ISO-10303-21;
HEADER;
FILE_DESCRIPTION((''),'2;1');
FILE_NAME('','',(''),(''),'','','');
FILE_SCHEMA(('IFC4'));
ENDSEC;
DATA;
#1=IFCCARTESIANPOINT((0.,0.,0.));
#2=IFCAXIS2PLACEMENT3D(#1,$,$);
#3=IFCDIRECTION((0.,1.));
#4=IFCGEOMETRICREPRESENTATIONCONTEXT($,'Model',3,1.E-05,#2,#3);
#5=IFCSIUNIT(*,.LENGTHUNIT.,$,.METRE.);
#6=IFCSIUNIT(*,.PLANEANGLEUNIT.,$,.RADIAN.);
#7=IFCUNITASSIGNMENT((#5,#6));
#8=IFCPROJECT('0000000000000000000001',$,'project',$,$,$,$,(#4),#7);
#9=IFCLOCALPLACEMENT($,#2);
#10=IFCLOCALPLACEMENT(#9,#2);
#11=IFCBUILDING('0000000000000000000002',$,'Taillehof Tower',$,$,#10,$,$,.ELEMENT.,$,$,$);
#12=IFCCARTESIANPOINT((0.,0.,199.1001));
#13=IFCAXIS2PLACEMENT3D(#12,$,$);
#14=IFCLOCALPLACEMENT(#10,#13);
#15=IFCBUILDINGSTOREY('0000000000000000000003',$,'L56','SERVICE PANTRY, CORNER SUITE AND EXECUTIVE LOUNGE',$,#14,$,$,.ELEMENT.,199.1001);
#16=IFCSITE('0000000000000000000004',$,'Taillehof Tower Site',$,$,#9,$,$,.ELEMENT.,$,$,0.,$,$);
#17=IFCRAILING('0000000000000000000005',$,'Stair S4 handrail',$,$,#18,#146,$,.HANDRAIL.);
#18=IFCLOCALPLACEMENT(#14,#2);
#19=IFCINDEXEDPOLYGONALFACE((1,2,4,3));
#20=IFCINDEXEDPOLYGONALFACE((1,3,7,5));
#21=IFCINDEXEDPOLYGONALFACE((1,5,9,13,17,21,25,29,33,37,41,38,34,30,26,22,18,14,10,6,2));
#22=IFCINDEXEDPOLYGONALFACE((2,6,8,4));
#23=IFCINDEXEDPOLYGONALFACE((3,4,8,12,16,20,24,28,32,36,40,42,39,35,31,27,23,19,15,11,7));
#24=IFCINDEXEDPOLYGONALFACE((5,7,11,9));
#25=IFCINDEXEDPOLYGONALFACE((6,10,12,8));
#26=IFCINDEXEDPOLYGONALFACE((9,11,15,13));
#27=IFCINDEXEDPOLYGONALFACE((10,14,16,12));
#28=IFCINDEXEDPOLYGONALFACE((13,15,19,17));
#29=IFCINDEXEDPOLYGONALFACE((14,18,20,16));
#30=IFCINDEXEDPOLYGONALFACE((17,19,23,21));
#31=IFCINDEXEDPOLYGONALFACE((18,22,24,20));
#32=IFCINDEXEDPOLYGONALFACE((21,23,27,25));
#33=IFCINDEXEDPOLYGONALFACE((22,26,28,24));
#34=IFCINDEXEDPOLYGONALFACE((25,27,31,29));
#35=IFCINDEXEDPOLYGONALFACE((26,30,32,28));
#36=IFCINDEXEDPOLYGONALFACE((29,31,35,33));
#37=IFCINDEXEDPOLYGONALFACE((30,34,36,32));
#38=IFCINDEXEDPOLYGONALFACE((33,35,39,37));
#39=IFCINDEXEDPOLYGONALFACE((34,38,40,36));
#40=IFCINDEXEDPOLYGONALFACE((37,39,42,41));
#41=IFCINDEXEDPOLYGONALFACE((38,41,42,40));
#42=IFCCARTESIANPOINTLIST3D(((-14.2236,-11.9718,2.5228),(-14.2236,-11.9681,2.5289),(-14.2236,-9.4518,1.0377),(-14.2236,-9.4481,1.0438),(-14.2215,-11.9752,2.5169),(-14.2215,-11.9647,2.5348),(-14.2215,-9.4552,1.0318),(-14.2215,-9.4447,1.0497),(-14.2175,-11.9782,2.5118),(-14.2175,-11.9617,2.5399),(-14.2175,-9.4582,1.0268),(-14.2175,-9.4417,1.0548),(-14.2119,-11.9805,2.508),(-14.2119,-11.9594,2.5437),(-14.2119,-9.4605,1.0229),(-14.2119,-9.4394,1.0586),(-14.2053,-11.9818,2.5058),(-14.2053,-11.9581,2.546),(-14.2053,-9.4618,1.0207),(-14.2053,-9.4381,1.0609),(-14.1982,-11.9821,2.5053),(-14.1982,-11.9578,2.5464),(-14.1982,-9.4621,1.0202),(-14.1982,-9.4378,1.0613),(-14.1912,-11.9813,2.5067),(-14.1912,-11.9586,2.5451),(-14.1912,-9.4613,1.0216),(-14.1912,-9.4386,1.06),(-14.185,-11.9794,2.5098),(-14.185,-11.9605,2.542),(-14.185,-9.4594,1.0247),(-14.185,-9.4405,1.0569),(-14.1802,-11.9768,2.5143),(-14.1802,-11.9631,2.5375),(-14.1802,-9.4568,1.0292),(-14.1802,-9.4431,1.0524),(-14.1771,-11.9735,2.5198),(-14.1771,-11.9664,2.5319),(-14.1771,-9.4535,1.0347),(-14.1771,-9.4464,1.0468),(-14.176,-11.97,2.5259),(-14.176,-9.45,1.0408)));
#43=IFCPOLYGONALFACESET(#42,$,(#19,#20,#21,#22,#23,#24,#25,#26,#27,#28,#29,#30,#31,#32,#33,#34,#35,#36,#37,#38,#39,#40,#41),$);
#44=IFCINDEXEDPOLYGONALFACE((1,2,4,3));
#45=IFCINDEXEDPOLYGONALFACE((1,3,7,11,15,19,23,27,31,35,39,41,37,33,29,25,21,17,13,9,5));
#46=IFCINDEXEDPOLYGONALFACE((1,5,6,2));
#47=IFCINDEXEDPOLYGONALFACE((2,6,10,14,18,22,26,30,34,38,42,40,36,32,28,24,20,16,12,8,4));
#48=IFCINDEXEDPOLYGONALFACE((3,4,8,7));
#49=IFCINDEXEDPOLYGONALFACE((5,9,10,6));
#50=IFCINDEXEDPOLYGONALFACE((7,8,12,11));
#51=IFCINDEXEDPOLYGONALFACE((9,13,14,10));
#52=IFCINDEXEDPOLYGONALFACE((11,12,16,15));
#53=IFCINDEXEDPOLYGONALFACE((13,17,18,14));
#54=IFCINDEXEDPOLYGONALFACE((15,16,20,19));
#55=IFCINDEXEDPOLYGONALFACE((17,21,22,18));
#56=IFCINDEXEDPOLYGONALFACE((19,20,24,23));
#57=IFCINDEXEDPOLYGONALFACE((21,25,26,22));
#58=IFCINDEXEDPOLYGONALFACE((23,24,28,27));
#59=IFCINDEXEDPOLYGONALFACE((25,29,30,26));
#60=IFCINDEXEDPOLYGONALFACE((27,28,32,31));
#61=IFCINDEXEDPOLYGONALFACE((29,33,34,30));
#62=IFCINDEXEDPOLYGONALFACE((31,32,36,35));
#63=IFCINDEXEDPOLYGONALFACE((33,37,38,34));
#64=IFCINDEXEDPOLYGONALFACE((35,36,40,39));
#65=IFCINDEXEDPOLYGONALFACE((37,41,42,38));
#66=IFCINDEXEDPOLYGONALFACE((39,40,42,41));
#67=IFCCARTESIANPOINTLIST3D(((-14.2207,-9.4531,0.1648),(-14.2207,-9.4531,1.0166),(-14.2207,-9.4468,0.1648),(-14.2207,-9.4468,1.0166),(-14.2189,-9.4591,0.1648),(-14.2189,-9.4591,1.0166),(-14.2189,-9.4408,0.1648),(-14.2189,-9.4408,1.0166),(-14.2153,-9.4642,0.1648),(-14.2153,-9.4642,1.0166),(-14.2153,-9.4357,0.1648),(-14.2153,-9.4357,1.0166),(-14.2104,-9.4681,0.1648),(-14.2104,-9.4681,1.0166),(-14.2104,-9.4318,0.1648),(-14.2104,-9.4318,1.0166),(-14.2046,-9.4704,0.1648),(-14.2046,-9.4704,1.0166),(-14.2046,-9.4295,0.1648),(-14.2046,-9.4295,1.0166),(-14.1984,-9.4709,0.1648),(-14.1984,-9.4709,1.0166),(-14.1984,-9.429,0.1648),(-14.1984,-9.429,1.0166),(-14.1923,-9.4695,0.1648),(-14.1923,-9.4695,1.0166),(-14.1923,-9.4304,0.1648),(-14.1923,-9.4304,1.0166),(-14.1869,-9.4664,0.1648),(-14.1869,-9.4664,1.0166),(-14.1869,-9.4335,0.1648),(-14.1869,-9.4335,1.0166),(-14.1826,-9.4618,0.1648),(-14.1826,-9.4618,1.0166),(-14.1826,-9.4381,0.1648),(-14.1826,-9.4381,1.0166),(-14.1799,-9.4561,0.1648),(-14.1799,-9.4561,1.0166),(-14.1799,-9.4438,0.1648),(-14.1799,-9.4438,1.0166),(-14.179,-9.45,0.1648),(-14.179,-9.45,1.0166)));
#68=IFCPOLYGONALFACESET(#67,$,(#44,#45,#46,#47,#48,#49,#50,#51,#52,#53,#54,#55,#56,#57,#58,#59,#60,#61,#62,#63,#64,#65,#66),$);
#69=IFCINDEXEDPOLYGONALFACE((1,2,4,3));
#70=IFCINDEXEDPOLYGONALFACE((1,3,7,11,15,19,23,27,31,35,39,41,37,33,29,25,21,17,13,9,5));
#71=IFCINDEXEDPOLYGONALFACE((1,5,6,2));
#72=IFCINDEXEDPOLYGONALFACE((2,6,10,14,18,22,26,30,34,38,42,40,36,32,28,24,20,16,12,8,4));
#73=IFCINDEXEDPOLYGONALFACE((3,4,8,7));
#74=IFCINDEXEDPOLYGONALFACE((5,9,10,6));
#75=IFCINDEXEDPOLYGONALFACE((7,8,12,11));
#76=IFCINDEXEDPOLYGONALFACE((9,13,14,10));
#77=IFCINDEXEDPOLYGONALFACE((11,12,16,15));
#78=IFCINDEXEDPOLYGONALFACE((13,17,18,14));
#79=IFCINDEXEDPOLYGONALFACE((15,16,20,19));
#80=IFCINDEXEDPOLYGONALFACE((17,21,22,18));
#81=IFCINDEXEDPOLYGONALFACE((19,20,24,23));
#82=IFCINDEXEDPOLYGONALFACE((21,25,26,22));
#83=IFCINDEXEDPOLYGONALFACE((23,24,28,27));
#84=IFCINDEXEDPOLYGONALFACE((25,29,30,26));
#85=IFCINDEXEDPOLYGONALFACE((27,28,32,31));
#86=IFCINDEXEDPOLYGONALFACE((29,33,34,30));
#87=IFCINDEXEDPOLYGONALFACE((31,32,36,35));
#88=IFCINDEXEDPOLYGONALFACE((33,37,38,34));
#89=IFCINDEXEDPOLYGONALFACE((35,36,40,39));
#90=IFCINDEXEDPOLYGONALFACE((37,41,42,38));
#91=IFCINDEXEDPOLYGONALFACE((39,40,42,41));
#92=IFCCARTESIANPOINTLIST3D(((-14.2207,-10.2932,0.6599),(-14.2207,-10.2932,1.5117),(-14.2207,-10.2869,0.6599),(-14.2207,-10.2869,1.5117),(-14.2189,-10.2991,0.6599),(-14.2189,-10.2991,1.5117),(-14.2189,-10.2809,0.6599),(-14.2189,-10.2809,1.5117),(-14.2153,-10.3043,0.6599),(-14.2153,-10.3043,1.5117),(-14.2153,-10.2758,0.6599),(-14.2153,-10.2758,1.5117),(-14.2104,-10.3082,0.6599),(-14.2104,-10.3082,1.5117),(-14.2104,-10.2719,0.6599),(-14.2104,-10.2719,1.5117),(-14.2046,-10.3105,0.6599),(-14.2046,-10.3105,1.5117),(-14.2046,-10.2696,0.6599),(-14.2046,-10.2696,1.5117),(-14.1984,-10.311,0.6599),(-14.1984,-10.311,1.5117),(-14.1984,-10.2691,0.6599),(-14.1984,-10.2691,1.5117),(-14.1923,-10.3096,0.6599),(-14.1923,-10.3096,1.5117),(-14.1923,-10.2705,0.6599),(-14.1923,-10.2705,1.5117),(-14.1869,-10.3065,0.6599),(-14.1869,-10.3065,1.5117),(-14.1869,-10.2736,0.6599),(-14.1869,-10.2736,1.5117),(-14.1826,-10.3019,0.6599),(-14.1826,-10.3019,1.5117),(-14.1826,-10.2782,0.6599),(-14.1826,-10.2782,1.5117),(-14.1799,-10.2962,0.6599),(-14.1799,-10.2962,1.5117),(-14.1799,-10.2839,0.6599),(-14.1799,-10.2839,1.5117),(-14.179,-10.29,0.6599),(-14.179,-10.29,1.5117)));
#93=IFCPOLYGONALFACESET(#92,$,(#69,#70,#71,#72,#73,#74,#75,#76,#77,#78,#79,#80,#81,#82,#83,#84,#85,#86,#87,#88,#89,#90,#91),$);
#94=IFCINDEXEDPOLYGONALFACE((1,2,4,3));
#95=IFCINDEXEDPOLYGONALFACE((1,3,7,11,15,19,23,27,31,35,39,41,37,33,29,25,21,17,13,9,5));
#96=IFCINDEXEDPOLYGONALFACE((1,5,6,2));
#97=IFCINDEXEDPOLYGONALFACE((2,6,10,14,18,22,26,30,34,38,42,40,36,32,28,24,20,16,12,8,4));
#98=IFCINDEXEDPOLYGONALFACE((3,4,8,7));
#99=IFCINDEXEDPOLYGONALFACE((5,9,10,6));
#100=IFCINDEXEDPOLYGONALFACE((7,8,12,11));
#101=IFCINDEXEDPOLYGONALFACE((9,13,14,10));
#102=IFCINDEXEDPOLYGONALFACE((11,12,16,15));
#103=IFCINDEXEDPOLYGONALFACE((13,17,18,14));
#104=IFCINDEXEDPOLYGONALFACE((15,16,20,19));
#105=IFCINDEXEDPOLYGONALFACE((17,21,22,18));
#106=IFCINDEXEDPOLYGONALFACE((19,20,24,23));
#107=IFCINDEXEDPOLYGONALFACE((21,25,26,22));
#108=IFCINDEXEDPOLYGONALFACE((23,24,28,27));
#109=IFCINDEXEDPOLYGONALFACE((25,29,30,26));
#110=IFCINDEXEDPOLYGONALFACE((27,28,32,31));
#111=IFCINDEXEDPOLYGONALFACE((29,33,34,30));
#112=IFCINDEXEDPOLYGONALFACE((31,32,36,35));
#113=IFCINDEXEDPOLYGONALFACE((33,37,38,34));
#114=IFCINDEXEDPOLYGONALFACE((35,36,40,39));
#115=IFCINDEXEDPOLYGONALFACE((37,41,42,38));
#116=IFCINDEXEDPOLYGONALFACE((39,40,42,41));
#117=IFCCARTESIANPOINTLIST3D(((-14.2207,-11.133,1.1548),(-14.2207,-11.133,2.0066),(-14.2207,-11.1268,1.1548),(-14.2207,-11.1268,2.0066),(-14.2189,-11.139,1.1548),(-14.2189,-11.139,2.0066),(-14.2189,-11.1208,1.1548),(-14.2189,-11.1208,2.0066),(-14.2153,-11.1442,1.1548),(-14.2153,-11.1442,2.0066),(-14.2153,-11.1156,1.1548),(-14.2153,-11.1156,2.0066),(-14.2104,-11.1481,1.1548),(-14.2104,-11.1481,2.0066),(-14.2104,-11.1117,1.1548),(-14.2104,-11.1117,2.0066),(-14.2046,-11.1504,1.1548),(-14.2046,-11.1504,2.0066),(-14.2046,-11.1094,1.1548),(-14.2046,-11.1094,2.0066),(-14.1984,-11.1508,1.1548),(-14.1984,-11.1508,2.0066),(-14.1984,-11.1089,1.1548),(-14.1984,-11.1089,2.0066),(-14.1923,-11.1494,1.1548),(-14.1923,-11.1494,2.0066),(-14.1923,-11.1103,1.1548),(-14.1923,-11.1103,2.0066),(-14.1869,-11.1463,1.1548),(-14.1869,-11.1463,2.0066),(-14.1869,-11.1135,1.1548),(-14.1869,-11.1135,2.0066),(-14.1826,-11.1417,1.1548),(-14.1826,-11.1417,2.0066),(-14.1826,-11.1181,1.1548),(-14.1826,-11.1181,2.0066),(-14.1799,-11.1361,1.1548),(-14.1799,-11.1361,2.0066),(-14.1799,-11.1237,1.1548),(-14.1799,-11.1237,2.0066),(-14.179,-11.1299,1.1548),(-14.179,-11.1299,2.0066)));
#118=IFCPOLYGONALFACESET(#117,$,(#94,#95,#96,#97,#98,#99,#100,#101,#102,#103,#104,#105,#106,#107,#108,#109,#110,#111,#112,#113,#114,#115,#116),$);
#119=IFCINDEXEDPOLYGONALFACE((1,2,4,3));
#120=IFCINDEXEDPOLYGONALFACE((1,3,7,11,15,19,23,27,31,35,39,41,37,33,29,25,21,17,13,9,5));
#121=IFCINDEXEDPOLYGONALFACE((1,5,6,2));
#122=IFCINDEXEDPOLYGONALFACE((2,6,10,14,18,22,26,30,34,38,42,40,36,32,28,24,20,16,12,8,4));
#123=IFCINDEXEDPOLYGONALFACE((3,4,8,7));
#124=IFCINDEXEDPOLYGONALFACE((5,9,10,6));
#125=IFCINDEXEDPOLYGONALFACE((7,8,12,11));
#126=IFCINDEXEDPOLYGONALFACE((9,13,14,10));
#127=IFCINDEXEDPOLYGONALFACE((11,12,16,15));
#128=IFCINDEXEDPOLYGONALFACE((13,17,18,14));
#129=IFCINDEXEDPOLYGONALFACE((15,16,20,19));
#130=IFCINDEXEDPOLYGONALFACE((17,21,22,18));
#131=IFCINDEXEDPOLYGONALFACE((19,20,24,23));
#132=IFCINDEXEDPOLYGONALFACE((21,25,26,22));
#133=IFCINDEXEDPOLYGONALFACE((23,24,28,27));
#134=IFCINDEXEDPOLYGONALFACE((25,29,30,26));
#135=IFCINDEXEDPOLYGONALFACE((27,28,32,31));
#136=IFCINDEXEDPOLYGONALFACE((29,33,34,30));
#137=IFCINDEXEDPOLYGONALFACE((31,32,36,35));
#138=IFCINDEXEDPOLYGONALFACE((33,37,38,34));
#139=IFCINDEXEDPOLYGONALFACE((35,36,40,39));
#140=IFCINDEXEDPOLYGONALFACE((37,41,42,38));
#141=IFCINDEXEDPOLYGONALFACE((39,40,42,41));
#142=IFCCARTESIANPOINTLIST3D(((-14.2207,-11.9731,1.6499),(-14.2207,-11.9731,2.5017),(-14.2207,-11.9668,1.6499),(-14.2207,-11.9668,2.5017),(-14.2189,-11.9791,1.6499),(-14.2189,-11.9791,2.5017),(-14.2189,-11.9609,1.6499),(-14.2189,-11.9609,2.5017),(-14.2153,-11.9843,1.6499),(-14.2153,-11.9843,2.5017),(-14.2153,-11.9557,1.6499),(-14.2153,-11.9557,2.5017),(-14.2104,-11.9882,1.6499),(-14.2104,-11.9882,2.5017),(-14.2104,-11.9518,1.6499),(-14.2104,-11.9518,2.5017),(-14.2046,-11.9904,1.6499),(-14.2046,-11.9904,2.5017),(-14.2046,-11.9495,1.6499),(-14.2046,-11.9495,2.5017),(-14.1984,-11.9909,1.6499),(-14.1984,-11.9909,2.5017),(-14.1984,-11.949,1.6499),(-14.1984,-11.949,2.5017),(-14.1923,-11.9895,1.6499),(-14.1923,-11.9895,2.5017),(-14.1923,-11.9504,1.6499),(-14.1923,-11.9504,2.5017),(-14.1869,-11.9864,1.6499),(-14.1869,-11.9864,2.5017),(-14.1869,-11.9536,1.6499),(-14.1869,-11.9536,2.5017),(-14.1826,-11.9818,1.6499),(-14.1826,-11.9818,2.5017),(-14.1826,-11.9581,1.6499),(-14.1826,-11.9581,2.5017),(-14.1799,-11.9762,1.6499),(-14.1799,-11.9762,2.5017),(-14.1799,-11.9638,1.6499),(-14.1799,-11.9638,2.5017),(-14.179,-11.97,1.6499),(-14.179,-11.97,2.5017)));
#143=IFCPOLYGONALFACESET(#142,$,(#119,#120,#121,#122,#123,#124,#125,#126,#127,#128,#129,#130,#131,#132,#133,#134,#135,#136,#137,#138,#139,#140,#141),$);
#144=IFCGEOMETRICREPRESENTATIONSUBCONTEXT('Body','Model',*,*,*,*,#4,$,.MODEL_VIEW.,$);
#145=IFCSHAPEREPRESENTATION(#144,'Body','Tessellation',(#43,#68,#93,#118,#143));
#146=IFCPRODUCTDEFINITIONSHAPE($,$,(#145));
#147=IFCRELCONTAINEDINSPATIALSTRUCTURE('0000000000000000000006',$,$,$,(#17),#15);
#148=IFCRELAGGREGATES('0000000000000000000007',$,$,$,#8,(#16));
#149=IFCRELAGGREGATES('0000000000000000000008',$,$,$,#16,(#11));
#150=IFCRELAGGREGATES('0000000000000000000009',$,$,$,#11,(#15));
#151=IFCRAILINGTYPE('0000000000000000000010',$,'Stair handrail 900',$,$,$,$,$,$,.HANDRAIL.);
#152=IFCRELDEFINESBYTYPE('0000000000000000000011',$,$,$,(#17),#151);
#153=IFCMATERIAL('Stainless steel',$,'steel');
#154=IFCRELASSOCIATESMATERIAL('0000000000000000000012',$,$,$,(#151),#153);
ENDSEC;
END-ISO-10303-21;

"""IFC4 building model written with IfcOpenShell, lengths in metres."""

from ifc_helpers import new_model, si_unit, direction, frame, origin, origin_2d, place, context, subcontext, project, spatial, circle, extrude, material, type_object, element, save


model = new_model("IFC4")

# Units and contexts
model_context = context("Model", 3, precision=1e-05, world=origin(), true_north=direction((0.0, 1.0)))
body_context = subcontext(model_context, "Body", "Model", "MODEL_VIEW")
ifc_project = project(units=[si_unit("LENGTHUNIT", "METRE"), si_unit("PLANEANGLEUNIT", "RADIAN")], contexts=[model_context])

# Site, building, storey
site_placement = place(None, origin())
site = spatial("IfcSite", under=ifc_project, at=site_placement, Name="Taillehof Tower Site", CompositionType="ELEMENT", RefElevation=0.0)
building_placement = place(site_placement, origin())
building = spatial("IfcBuilding", under=site, at=building_placement, Name="Taillehof Tower", CompositionType="ELEMENT")
storey_placement = place(building_placement, frame((0.0, 0.0, 199.1001)))
storey = spatial("IfcBuildingStorey", under=building, at=storey_placement, Name="L56", Description="SERVICE PANTRY, CORNER SUITE AND EXECUTIVE LOUNGE", CompositionType="ELEMENT", Elevation=199.1001)

# Railing
ifc_material_1 = material(Name="Stainless steel", Category="steel")
railing_type = type_object("IfcRailingType", Name="Stair handrail 900", PredefinedType="HANDRAIL", material=ifc_material_1)
railing_placement = place(storey_placement, frame((-14.2, -9.45, 0.1648)))
element("IfcRailing", 1, at=railing_placement, inside=storey, type_object=railing_type, Name="Stair S4 handrail", PredefinedType="HANDRAIL", context=body_context, shape_type="SweptSolid", body=[
    extrude(circle(Radius=0.0239, at=origin_2d()), frame((0.0, 0.0, 0.876), z_axis=(0.0, -0.861524, 0.507717), x_axis=(1.0, 0.0, 0.0)), (0.0, 0.0, 1.0), 2.925),
    extrude(circle(Radius=0.021, at=origin_2d()), origin(), (0.0, 0.0, 1.0), 0.8518),
    extrude(circle(Radius=0.021, at=origin_2d()), frame((0.0, -0.8401, 0.4951)), (0.0, 0.0, 1.0), 0.8518),
    extrude(circle(Radius=0.021, at=origin_2d()), frame((0.0, -1.6799, 0.99)), (0.0, 0.0, 1.0), 0.8518),
    extrude(circle(Radius=0.021, at=origin_2d()), frame((0.0, -2.52, 1.4851)), (0.0, 0.0, 1.0), 0.8518),
])

save(model, "model.ifc")
